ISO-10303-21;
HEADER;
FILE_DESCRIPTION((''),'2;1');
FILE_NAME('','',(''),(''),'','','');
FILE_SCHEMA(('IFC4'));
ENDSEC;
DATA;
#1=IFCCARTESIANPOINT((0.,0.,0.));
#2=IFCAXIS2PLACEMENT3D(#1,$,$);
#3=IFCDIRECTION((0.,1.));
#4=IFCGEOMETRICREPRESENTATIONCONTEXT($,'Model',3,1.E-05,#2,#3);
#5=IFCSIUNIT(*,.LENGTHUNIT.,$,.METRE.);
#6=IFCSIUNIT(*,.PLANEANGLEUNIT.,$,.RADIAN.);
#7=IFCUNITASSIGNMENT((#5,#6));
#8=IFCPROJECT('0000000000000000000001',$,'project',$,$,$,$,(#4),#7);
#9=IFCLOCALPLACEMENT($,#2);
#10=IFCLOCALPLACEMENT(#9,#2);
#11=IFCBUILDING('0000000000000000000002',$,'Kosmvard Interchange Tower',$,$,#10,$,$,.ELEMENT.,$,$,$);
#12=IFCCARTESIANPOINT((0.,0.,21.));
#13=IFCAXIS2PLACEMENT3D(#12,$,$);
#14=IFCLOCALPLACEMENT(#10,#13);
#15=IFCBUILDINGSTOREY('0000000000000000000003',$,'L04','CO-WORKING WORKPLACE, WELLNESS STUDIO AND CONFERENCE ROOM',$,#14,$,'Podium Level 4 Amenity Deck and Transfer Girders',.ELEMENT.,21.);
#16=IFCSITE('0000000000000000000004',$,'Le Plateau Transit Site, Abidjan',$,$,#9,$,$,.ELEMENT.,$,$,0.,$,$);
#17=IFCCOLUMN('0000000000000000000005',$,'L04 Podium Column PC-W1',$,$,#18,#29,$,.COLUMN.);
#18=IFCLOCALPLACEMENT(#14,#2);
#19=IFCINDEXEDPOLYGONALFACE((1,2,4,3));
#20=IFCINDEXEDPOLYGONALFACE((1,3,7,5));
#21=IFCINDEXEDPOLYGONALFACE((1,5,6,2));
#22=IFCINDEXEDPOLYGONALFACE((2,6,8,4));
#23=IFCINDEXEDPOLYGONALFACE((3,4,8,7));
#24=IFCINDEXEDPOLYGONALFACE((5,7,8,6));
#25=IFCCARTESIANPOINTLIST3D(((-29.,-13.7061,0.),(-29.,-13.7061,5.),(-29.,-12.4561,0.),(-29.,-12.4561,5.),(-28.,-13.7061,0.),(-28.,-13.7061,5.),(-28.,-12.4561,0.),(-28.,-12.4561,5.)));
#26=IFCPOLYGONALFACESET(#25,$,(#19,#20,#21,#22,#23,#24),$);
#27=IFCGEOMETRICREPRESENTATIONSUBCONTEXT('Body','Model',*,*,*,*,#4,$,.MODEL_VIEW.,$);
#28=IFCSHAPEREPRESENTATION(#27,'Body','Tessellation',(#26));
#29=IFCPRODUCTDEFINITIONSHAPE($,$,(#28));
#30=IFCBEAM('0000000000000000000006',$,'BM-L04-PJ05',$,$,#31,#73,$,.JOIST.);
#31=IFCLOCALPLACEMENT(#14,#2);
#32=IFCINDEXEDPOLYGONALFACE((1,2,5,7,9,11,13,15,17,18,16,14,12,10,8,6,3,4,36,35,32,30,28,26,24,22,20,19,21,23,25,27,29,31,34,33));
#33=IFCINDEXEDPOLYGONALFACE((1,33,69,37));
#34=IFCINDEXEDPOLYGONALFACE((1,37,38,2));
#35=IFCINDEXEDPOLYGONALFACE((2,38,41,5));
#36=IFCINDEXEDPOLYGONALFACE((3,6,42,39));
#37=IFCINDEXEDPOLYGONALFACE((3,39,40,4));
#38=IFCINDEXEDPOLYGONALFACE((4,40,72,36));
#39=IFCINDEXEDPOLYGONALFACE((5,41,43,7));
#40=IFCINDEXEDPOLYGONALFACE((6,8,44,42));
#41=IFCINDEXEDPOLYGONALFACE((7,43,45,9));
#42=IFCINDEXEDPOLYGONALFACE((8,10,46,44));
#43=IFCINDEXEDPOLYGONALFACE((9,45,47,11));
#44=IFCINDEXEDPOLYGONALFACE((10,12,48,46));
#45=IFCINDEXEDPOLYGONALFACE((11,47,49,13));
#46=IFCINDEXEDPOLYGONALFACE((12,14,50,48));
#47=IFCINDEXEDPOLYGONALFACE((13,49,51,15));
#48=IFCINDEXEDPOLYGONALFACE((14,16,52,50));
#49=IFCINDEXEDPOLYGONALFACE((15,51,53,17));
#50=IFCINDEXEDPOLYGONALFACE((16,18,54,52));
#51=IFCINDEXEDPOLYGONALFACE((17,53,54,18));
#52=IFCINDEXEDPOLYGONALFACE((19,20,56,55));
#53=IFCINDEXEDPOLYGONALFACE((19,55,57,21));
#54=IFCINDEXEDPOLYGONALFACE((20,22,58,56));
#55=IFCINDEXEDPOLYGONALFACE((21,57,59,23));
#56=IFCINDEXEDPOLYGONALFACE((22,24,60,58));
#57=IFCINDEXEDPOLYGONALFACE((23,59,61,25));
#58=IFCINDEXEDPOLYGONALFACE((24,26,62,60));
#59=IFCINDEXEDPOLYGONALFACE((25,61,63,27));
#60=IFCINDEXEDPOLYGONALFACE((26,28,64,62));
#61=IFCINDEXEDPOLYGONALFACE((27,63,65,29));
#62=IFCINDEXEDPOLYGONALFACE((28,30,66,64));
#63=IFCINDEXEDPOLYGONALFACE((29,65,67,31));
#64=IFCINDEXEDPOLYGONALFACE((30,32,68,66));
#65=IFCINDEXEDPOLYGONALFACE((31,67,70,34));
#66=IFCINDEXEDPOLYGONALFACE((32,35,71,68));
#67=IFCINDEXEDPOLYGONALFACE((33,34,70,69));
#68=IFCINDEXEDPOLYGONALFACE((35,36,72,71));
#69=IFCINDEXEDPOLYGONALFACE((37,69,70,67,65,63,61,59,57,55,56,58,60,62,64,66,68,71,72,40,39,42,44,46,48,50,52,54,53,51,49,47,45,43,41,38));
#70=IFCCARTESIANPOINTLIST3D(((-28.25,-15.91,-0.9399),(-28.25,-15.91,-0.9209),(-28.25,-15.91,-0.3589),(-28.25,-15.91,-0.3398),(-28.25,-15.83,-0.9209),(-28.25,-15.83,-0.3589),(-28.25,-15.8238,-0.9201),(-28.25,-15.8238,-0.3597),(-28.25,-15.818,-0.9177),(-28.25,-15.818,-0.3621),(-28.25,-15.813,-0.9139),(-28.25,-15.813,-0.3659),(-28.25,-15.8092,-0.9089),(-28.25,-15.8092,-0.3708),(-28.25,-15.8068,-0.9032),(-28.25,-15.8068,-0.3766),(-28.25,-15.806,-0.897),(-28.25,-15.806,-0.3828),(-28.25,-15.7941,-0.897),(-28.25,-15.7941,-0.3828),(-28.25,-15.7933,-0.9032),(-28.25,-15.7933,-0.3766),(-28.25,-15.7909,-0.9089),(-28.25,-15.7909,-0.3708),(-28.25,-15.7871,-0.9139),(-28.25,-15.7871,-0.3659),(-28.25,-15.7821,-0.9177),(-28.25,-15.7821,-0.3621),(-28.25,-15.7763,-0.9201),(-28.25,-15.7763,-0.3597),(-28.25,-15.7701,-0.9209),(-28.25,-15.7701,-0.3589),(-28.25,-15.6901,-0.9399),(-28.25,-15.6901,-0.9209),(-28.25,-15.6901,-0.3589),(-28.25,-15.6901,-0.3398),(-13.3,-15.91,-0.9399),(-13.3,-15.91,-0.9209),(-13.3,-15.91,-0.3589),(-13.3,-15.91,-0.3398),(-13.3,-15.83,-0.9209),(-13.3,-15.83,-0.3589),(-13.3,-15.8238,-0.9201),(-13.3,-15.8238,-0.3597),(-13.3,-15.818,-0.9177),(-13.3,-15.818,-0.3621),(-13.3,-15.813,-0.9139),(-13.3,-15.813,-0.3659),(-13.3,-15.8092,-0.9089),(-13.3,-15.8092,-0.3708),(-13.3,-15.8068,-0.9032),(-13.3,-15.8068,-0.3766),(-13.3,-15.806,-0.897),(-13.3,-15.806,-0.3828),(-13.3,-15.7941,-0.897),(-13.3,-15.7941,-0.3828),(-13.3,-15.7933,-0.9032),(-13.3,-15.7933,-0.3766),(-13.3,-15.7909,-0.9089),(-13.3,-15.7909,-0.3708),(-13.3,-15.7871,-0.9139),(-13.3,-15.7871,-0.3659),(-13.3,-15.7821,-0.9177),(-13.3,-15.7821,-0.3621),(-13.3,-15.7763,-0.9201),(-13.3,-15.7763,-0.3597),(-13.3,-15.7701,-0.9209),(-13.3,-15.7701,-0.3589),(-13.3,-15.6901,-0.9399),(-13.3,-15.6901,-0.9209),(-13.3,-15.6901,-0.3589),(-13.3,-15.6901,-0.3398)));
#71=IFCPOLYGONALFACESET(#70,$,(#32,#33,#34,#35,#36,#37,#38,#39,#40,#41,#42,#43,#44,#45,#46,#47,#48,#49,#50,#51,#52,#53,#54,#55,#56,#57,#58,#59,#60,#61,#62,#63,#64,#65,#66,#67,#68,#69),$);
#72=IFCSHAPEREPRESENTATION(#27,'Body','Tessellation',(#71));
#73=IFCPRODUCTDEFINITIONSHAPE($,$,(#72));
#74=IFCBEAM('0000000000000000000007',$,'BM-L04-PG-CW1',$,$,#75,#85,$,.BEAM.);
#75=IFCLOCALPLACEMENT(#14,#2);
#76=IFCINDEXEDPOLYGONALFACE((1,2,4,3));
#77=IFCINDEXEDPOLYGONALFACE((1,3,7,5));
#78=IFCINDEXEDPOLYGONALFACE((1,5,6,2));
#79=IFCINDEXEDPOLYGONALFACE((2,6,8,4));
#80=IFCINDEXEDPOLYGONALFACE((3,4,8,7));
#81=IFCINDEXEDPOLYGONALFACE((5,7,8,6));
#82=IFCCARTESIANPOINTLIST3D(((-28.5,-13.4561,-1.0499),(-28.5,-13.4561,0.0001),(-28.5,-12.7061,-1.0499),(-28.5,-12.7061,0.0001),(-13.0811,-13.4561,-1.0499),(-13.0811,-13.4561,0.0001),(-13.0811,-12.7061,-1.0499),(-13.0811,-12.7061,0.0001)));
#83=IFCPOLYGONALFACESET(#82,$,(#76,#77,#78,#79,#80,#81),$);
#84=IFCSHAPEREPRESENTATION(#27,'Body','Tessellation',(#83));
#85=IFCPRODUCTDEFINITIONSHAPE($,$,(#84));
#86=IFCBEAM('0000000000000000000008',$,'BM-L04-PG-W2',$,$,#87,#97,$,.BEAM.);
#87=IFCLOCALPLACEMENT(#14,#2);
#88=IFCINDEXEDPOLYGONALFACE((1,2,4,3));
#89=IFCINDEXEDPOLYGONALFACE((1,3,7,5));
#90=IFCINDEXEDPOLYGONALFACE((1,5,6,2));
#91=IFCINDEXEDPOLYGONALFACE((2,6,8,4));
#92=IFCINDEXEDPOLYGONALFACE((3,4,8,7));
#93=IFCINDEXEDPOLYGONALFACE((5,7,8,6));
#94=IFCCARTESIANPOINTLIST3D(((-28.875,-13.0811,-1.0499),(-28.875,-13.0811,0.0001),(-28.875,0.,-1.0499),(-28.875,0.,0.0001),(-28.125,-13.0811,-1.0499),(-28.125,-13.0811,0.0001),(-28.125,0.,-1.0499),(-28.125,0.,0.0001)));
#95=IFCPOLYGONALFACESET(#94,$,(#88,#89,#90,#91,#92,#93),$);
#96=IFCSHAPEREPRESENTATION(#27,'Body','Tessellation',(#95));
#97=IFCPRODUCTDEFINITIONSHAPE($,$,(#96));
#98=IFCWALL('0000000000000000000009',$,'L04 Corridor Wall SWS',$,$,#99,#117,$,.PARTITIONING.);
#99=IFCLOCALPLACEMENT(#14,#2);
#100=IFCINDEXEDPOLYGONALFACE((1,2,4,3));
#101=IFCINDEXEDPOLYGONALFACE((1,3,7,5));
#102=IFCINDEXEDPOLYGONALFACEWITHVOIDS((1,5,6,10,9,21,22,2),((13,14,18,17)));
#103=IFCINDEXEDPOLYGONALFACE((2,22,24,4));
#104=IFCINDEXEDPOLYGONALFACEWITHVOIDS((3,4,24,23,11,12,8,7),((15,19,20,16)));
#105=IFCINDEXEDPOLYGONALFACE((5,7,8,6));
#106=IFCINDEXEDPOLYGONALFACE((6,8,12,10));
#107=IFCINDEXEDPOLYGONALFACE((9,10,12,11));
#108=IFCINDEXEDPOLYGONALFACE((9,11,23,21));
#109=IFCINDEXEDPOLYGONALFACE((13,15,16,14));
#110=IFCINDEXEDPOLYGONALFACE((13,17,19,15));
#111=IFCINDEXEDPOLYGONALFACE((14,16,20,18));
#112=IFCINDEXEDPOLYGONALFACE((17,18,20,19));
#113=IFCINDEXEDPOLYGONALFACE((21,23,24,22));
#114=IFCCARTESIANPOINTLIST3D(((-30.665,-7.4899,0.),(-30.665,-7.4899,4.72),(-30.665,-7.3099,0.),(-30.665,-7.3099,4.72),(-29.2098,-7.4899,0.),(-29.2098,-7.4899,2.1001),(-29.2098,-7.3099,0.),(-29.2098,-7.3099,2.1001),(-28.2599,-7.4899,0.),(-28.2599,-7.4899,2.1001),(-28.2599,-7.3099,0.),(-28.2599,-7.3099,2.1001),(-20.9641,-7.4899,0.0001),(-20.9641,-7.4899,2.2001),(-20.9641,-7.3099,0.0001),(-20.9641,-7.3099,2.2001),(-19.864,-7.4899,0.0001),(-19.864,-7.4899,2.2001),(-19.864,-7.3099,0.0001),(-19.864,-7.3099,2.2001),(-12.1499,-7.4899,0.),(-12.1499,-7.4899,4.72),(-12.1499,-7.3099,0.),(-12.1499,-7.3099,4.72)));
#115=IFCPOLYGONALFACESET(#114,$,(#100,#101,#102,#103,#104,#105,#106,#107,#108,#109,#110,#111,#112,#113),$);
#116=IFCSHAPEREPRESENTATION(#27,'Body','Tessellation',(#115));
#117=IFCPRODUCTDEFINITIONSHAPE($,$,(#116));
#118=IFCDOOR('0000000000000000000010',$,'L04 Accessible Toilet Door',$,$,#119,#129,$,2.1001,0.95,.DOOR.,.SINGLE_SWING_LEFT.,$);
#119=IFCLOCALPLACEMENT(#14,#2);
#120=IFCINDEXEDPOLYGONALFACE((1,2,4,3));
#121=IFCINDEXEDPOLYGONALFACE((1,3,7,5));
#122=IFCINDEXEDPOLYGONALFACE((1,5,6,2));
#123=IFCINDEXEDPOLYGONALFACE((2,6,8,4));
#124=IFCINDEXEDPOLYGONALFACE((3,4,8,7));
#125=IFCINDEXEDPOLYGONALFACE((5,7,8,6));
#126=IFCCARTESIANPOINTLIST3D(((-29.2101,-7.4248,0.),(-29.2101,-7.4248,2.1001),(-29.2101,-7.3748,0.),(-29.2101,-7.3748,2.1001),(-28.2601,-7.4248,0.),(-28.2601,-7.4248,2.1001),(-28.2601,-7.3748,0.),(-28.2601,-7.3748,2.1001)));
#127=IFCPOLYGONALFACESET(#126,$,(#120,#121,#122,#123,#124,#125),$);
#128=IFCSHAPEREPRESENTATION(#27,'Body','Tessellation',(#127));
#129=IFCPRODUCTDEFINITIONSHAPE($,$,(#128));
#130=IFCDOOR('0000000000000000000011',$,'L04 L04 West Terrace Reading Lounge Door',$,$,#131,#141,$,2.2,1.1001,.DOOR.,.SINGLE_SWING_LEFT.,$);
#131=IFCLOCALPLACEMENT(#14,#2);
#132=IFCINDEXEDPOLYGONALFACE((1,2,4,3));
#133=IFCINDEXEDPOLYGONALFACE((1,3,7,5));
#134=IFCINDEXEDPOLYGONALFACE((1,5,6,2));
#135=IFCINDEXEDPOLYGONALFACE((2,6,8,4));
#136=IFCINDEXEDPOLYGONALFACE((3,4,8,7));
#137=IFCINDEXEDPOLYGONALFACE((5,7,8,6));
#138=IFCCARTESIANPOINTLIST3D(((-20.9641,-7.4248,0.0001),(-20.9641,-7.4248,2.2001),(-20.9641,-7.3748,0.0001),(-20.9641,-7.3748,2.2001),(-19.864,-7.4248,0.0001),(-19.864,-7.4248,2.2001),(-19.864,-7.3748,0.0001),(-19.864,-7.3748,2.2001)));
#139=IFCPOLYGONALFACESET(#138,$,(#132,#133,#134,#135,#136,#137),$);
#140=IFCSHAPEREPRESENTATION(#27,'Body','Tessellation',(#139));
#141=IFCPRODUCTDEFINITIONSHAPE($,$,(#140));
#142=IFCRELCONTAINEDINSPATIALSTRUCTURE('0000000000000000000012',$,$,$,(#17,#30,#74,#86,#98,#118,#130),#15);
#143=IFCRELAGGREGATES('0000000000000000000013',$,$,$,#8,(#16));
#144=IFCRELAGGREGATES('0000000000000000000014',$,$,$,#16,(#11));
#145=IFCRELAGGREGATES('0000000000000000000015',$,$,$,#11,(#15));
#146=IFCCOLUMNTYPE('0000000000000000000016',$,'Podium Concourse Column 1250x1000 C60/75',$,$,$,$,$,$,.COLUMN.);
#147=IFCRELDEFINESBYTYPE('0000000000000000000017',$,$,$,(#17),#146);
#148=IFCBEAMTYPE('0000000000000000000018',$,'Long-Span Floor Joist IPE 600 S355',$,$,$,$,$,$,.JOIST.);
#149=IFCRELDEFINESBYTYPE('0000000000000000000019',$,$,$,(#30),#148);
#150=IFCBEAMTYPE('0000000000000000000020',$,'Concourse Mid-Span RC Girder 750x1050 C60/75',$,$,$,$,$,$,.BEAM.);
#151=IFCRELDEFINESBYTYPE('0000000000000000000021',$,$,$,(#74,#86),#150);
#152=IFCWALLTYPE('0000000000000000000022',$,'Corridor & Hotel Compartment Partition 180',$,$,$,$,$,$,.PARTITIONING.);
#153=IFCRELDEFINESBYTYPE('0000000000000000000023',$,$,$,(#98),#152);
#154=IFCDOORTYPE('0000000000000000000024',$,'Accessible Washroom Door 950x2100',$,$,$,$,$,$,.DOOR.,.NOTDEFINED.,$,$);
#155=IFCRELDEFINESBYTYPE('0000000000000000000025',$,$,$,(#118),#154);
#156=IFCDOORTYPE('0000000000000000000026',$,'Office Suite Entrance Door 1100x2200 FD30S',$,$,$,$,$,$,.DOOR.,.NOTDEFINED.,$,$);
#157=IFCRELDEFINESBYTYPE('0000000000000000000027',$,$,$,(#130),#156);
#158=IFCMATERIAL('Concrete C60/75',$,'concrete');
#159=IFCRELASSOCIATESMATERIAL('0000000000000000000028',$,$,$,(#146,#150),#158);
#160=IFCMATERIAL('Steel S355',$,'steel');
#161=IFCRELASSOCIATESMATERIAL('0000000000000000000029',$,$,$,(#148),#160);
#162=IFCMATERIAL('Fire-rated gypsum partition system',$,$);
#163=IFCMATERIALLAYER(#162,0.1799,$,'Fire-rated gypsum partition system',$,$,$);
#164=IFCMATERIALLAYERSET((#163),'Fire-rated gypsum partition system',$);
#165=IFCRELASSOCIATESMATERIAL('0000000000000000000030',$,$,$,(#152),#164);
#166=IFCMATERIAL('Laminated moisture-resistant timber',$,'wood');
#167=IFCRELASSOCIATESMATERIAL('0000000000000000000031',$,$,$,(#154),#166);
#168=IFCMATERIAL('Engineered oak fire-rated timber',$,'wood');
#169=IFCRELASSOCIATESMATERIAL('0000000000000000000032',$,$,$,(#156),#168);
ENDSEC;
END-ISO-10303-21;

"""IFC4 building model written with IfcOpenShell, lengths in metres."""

from ifc_helpers import new_model, si_unit, direction, frame, frame_2d, origin, origin_2d, place, context, subcontext, project, spatial, rectangle, i_section, extrude, source, transform, mapped, material, layer, layer_set, material_profile, profile_set, type_object, element, fill, save


model = new_model("IFC4")

# Units and contexts
model_context = context("Model", 3, precision=1e-05, world=origin(), true_north=direction((0.0, 1.0)))
body_context = subcontext(model_context, "Body", "Model", "MODEL_VIEW")
ifc_project = project(units=[si_unit("LENGTHUNIT", "METRE"), si_unit("PLANEANGLEUNIT", "RADIAN")], contexts=[model_context])

# Site, building, storey
site_placement = place(None, origin())
site = spatial("IfcSite", under=ifc_project, at=site_placement, Name="Le Plateau Transit Site, Abidjan", CompositionType="ELEMENT", RefElevation=0.0)
building_placement = place(site_placement, origin())
building = spatial("IfcBuilding", under=site, at=building_placement, Name="Kosmvard Interchange Tower", CompositionType="ELEMENT")
storey_placement = place(building_placement, frame((0.0, 0.0, 21.0)))
storey = spatial("IfcBuildingStorey", under=building, at=storey_placement, Name="L04", Description="CO-WORKING WORKPLACE, WELLNESS STUDIO AND CONFERENCE ROOM", LongName="Podium Level 4 Amenity Deck and Transfer Girders", CompositionType="ELEMENT", Elevation=21.0)

# Column
ifc_material_1 = material(Name="Concrete C60/75", Category="concrete")
ifc_material_profile_1 = material_profile(ifc_material_1, rectangle(XDim=1.0, YDim=1.25, at=origin_2d()), Name="PC 1250x1000")
ifc_profile_set_1 = profile_set([ifc_material_profile_1], Name="Concrete C60/75")
column_type = type_object("IfcColumnType", Name="Podium Concourse Column 1250x1000 C60/75", PredefinedType="COLUMN", material=ifc_profile_set_1)
shared_shape_1 = source(origin(), body_context, "Body", "SweptSolid", [
    extrude(rectangle(XDim=1.0, YDim=1.25, at=origin_2d()), origin(), (0.0, 0.0, 1.0), 5.0),
])
column_placement = place(storey_placement, frame((-28.5, -13.0811, 0.0), z_axis=(0.0, 0.0, 1.0), x_axis=(1.0, 0.0, 0.0)))
element("IfcColumn", 1, at=column_placement, inside=storey, type_object=column_type, Name="L04 Podium Column PC-W1", PredefinedType="COLUMN", context=body_context, shape_type="MappedRepresentation", body=[
    mapped(shared_shape_1, transform((0.0, 0.0, 0.0), scale=1.0)),
])

# Beams
ifc_material_2 = material(Name="Steel S355", Category="steel")
ifc_material_profile_2 = material_profile(ifc_material_2, i_section(OverallWidth=0.22, OverallDepth=0.6001, WebThickness=0.012, FlangeThickness=0.019, FilletRadius=0.0239, at=origin_2d()), Name="IPE 600")
ifc_profile_set_2 = profile_set([ifc_material_profile_2], Name="Steel S355")
beam_type_1 = type_object("IfcBeamType", Name="Long-Span Floor Joist IPE 600 S355", PredefinedType="JOIST", material=ifc_profile_set_2)
shared_shape_2 = source(origin(), body_context, "Body", "SweptSolid", [
    extrude(i_section(OverallWidth=0.22, OverallDepth=0.6001, WebThickness=0.012, FlangeThickness=0.019, FilletRadius=0.0239, at=origin_2d()), origin(), (0.0, 0.0, 1.0), 14.95),
])
beam_1_placement = place(storey_placement, frame((-28.25, -15.8, -0.6399), z_axis=(1.0, 0.0, 0.0), x_axis=(0.0, 1.0, 0.0)))
element("IfcBeam", 2, at=beam_1_placement, inside=storey, type_object=beam_type_1, Name="BM-L04-PJ05", PredefinedType="JOIST", context=body_context, shape_type="MappedRepresentation", body=[
    mapped(shared_shape_2, transform((0.0, 0.0, 0.0), scale=1.0)),
])
ifc_material_profile_3 = material_profile(ifc_material_1, rectangle(XDim=0.75, YDim=1.05, at=origin_2d()), Name="RCG 750x1050")
ifc_profile_set_3 = profile_set([ifc_material_profile_3], Name="Concrete C60/75")
beam_type_2 = type_object("IfcBeamType", Name="Concourse Mid-Span RC Girder 750x1050 C60/75", PredefinedType="BEAM", material=ifc_profile_set_3)
shared_shape_3 = source(origin(), body_context, "Body", "SweptSolid", [
    extrude(rectangle(XDim=0.75, YDim=1.05, at=origin_2d()), origin(), (0.0, 0.0, 1.0), 15.4189),
])
beam_2_placement = place(storey_placement, frame((-28.5, -13.0811, -0.5249), z_axis=(1.0, 0.0, 0.0), x_axis=(0.0, 1.0, 0.0)))
element("IfcBeam", 3, at=beam_2_placement, inside=storey, type_object=beam_type_2, Name="BM-L04-PG-CW1", PredefinedType="BEAM", context=body_context, shape_type="MappedRepresentation", body=[
    mapped(shared_shape_3, transform((0.0, 0.0, 0.0), scale=1.0)),
])
shared_shape_4 = source(origin(), body_context, "Body", "SweptSolid", [
    extrude(rectangle(XDim=0.75, YDim=1.05, at=origin_2d()), origin(), (0.0, 0.0, 1.0), 13.0811),
])
beam_3_placement = place(storey_placement, frame((-28.5, -13.0811, -0.5249), z_axis=(0.0, 1.0, 0.0), x_axis=(-1.0, 0.0, 0.0)))
element("IfcBeam", 4, at=beam_3_placement, inside=storey, type_object=beam_type_2, Name="BM-L04-PG-W2", PredefinedType="BEAM", context=body_context, shape_type="MappedRepresentation", body=[
    mapped(shared_shape_4, transform((0.0, 0.0, 0.0), scale=1.0)),
])

# Wall, openings, doors
ifc_material_3 = material(Name="Fire-rated gypsum partition system")
ifc_layer_1 = layer(ifc_material_3, 0.1799, Name="Fire-rated gypsum partition system")
ifc_layer_set_1 = layer_set([ifc_layer_1], Name="Fire-rated gypsum partition system")
wall_type_1 = type_object("IfcWallType", Name="Corridor & Hotel Compartment Partition 180", PredefinedType="PARTITIONING", material=ifc_layer_set_1)
wall_1_placement = place(storey_placement, frame((-30.665, -7.3999, 0.0), z_axis=(0.0, 0.0, 1.0), x_axis=(1.0, 0.0, 0.0)))
wall_1 = element("IfcWall", 5, at=wall_1_placement, inside=storey, type_object=wall_type_1, Name="L04 Corridor Wall SWS", PredefinedType="PARTITIONING", context=body_context, shape_type="SweptSolid", body=[
    extrude(rectangle(XDim=18.5151, YDim=0.1799, at=frame_2d((9.2576, 0.0))), origin(), (0.0, 0.0, 1.0), 4.72),
])
opening_1_placement = place(wall_1_placement, frame((1.4551, 0.0, 0.0)))
opening_1 = element("IfcOpeningElement", 6, at=opening_1_placement, cuts=wall_1, PredefinedType="OPENING", context=body_context, shape_type="SweptSolid", body=[
    extrude(rectangle(XDim=0.95, YDim=2.1001, at=frame_2d((0.4751, 1.05))), frame((0.0, 0.1001, 0.0), z_axis=(0.0, -1.0, 0.0), x_axis=(1.0, 0.0, 0.0)), (0.0, 0.0, 1.0), 0.2),
])
opening_2_placement = place(wall_1_placement, frame((9.7009, 0.0, 0.0)))
opening_2 = element("IfcOpeningElement", 7, at=opening_2_placement, cuts=wall_1, PredefinedType="OPENING", context=body_context, shape_type="SweptSolid", body=[
    extrude(rectangle(XDim=1.1001, YDim=2.2, at=frame_2d((0.55, 1.1001))), frame((0.0, 0.1001, 0.0), z_axis=(0.0, -1.0, 0.0), x_axis=(1.0, 0.0, 0.0)), (0.0, 0.0, 1.0), 0.2),
])
ifc_material_4 = material(Name="Laminated moisture-resistant timber", Category="wood")
door_type_1 = type_object("IfcDoorType", Name="Accessible Washroom Door 950x2100", OperationType="NOTDEFINED", PredefinedType="DOOR", material=ifc_material_4)
shared_shape_5 = source(origin(), body_context, "Body", "SweptSolid", [
    extrude(rectangle(XDim=0.95, YDim=2.1001, at=frame_2d((0.4751, 1.05))), frame((0.0, 0.0249, 0.0), z_axis=(0.0, -1.0, 0.0), x_axis=(1.0, 0.0, 0.0)), (0.0, 0.0, 1.0), 0.05),
])
door_1_placement = place(opening_1_placement, frame((0.95, 0.0, 0.0), z_axis=(0.0, 0.0, 1.0), x_axis=(-1.0, 0.0, 0.0)))
door_1 = element("IfcDoor", 8, at=door_1_placement, inside=storey, type_object=door_type_1, Name="L04 Accessible Toilet Door", OperationType="SINGLE_SWING_LEFT", OverallHeight=2.1001, OverallWidth=0.95, PredefinedType="DOOR", context=body_context, shape_type="MappedRepresentation", body=[
    mapped(shared_shape_5, transform((0.0, 0.0, 0.0), scale=1.0)),
])
fill(opening_1, door_1)
ifc_material_5 = material(Name="Engineered oak fire-rated timber", Category="wood")
door_type_2 = type_object("IfcDoorType", Name="Office Suite Entrance Door 1100x2200 FD30S", OperationType="NOTDEFINED", PredefinedType="DOOR", material=ifc_material_5)
shared_shape_6 = source(origin(), body_context, "Body", "SweptSolid", [
    extrude(rectangle(XDim=1.1001, YDim=2.2, at=frame_2d((0.55, 1.1001))), frame((0.0, 0.0249, 0.0), z_axis=(0.0, -1.0, 0.0), x_axis=(1.0, 0.0, 0.0)), (0.0, 0.0, 1.0), 0.05),
])
door_2_placement = place(opening_2_placement, frame((1.1001, 0.0, 0.0), z_axis=(0.0, 0.0, 1.0), x_axis=(-1.0, 0.0, 0.0)))
door_2 = element("IfcDoor", 9, at=door_2_placement, inside=storey, type_object=door_type_2, Name="L04 L04 West Terrace Reading Lounge Door", OperationType="SINGLE_SWING_LEFT", OverallHeight=2.2, OverallWidth=1.1001, PredefinedType="DOOR", context=body_context, shape_type="MappedRepresentation", body=[
    mapped(shared_shape_6, transform((0.0, 0.0, 0.0), scale=1.0)),
])
fill(opening_2, door_2)

save(model, "model.ifc")
